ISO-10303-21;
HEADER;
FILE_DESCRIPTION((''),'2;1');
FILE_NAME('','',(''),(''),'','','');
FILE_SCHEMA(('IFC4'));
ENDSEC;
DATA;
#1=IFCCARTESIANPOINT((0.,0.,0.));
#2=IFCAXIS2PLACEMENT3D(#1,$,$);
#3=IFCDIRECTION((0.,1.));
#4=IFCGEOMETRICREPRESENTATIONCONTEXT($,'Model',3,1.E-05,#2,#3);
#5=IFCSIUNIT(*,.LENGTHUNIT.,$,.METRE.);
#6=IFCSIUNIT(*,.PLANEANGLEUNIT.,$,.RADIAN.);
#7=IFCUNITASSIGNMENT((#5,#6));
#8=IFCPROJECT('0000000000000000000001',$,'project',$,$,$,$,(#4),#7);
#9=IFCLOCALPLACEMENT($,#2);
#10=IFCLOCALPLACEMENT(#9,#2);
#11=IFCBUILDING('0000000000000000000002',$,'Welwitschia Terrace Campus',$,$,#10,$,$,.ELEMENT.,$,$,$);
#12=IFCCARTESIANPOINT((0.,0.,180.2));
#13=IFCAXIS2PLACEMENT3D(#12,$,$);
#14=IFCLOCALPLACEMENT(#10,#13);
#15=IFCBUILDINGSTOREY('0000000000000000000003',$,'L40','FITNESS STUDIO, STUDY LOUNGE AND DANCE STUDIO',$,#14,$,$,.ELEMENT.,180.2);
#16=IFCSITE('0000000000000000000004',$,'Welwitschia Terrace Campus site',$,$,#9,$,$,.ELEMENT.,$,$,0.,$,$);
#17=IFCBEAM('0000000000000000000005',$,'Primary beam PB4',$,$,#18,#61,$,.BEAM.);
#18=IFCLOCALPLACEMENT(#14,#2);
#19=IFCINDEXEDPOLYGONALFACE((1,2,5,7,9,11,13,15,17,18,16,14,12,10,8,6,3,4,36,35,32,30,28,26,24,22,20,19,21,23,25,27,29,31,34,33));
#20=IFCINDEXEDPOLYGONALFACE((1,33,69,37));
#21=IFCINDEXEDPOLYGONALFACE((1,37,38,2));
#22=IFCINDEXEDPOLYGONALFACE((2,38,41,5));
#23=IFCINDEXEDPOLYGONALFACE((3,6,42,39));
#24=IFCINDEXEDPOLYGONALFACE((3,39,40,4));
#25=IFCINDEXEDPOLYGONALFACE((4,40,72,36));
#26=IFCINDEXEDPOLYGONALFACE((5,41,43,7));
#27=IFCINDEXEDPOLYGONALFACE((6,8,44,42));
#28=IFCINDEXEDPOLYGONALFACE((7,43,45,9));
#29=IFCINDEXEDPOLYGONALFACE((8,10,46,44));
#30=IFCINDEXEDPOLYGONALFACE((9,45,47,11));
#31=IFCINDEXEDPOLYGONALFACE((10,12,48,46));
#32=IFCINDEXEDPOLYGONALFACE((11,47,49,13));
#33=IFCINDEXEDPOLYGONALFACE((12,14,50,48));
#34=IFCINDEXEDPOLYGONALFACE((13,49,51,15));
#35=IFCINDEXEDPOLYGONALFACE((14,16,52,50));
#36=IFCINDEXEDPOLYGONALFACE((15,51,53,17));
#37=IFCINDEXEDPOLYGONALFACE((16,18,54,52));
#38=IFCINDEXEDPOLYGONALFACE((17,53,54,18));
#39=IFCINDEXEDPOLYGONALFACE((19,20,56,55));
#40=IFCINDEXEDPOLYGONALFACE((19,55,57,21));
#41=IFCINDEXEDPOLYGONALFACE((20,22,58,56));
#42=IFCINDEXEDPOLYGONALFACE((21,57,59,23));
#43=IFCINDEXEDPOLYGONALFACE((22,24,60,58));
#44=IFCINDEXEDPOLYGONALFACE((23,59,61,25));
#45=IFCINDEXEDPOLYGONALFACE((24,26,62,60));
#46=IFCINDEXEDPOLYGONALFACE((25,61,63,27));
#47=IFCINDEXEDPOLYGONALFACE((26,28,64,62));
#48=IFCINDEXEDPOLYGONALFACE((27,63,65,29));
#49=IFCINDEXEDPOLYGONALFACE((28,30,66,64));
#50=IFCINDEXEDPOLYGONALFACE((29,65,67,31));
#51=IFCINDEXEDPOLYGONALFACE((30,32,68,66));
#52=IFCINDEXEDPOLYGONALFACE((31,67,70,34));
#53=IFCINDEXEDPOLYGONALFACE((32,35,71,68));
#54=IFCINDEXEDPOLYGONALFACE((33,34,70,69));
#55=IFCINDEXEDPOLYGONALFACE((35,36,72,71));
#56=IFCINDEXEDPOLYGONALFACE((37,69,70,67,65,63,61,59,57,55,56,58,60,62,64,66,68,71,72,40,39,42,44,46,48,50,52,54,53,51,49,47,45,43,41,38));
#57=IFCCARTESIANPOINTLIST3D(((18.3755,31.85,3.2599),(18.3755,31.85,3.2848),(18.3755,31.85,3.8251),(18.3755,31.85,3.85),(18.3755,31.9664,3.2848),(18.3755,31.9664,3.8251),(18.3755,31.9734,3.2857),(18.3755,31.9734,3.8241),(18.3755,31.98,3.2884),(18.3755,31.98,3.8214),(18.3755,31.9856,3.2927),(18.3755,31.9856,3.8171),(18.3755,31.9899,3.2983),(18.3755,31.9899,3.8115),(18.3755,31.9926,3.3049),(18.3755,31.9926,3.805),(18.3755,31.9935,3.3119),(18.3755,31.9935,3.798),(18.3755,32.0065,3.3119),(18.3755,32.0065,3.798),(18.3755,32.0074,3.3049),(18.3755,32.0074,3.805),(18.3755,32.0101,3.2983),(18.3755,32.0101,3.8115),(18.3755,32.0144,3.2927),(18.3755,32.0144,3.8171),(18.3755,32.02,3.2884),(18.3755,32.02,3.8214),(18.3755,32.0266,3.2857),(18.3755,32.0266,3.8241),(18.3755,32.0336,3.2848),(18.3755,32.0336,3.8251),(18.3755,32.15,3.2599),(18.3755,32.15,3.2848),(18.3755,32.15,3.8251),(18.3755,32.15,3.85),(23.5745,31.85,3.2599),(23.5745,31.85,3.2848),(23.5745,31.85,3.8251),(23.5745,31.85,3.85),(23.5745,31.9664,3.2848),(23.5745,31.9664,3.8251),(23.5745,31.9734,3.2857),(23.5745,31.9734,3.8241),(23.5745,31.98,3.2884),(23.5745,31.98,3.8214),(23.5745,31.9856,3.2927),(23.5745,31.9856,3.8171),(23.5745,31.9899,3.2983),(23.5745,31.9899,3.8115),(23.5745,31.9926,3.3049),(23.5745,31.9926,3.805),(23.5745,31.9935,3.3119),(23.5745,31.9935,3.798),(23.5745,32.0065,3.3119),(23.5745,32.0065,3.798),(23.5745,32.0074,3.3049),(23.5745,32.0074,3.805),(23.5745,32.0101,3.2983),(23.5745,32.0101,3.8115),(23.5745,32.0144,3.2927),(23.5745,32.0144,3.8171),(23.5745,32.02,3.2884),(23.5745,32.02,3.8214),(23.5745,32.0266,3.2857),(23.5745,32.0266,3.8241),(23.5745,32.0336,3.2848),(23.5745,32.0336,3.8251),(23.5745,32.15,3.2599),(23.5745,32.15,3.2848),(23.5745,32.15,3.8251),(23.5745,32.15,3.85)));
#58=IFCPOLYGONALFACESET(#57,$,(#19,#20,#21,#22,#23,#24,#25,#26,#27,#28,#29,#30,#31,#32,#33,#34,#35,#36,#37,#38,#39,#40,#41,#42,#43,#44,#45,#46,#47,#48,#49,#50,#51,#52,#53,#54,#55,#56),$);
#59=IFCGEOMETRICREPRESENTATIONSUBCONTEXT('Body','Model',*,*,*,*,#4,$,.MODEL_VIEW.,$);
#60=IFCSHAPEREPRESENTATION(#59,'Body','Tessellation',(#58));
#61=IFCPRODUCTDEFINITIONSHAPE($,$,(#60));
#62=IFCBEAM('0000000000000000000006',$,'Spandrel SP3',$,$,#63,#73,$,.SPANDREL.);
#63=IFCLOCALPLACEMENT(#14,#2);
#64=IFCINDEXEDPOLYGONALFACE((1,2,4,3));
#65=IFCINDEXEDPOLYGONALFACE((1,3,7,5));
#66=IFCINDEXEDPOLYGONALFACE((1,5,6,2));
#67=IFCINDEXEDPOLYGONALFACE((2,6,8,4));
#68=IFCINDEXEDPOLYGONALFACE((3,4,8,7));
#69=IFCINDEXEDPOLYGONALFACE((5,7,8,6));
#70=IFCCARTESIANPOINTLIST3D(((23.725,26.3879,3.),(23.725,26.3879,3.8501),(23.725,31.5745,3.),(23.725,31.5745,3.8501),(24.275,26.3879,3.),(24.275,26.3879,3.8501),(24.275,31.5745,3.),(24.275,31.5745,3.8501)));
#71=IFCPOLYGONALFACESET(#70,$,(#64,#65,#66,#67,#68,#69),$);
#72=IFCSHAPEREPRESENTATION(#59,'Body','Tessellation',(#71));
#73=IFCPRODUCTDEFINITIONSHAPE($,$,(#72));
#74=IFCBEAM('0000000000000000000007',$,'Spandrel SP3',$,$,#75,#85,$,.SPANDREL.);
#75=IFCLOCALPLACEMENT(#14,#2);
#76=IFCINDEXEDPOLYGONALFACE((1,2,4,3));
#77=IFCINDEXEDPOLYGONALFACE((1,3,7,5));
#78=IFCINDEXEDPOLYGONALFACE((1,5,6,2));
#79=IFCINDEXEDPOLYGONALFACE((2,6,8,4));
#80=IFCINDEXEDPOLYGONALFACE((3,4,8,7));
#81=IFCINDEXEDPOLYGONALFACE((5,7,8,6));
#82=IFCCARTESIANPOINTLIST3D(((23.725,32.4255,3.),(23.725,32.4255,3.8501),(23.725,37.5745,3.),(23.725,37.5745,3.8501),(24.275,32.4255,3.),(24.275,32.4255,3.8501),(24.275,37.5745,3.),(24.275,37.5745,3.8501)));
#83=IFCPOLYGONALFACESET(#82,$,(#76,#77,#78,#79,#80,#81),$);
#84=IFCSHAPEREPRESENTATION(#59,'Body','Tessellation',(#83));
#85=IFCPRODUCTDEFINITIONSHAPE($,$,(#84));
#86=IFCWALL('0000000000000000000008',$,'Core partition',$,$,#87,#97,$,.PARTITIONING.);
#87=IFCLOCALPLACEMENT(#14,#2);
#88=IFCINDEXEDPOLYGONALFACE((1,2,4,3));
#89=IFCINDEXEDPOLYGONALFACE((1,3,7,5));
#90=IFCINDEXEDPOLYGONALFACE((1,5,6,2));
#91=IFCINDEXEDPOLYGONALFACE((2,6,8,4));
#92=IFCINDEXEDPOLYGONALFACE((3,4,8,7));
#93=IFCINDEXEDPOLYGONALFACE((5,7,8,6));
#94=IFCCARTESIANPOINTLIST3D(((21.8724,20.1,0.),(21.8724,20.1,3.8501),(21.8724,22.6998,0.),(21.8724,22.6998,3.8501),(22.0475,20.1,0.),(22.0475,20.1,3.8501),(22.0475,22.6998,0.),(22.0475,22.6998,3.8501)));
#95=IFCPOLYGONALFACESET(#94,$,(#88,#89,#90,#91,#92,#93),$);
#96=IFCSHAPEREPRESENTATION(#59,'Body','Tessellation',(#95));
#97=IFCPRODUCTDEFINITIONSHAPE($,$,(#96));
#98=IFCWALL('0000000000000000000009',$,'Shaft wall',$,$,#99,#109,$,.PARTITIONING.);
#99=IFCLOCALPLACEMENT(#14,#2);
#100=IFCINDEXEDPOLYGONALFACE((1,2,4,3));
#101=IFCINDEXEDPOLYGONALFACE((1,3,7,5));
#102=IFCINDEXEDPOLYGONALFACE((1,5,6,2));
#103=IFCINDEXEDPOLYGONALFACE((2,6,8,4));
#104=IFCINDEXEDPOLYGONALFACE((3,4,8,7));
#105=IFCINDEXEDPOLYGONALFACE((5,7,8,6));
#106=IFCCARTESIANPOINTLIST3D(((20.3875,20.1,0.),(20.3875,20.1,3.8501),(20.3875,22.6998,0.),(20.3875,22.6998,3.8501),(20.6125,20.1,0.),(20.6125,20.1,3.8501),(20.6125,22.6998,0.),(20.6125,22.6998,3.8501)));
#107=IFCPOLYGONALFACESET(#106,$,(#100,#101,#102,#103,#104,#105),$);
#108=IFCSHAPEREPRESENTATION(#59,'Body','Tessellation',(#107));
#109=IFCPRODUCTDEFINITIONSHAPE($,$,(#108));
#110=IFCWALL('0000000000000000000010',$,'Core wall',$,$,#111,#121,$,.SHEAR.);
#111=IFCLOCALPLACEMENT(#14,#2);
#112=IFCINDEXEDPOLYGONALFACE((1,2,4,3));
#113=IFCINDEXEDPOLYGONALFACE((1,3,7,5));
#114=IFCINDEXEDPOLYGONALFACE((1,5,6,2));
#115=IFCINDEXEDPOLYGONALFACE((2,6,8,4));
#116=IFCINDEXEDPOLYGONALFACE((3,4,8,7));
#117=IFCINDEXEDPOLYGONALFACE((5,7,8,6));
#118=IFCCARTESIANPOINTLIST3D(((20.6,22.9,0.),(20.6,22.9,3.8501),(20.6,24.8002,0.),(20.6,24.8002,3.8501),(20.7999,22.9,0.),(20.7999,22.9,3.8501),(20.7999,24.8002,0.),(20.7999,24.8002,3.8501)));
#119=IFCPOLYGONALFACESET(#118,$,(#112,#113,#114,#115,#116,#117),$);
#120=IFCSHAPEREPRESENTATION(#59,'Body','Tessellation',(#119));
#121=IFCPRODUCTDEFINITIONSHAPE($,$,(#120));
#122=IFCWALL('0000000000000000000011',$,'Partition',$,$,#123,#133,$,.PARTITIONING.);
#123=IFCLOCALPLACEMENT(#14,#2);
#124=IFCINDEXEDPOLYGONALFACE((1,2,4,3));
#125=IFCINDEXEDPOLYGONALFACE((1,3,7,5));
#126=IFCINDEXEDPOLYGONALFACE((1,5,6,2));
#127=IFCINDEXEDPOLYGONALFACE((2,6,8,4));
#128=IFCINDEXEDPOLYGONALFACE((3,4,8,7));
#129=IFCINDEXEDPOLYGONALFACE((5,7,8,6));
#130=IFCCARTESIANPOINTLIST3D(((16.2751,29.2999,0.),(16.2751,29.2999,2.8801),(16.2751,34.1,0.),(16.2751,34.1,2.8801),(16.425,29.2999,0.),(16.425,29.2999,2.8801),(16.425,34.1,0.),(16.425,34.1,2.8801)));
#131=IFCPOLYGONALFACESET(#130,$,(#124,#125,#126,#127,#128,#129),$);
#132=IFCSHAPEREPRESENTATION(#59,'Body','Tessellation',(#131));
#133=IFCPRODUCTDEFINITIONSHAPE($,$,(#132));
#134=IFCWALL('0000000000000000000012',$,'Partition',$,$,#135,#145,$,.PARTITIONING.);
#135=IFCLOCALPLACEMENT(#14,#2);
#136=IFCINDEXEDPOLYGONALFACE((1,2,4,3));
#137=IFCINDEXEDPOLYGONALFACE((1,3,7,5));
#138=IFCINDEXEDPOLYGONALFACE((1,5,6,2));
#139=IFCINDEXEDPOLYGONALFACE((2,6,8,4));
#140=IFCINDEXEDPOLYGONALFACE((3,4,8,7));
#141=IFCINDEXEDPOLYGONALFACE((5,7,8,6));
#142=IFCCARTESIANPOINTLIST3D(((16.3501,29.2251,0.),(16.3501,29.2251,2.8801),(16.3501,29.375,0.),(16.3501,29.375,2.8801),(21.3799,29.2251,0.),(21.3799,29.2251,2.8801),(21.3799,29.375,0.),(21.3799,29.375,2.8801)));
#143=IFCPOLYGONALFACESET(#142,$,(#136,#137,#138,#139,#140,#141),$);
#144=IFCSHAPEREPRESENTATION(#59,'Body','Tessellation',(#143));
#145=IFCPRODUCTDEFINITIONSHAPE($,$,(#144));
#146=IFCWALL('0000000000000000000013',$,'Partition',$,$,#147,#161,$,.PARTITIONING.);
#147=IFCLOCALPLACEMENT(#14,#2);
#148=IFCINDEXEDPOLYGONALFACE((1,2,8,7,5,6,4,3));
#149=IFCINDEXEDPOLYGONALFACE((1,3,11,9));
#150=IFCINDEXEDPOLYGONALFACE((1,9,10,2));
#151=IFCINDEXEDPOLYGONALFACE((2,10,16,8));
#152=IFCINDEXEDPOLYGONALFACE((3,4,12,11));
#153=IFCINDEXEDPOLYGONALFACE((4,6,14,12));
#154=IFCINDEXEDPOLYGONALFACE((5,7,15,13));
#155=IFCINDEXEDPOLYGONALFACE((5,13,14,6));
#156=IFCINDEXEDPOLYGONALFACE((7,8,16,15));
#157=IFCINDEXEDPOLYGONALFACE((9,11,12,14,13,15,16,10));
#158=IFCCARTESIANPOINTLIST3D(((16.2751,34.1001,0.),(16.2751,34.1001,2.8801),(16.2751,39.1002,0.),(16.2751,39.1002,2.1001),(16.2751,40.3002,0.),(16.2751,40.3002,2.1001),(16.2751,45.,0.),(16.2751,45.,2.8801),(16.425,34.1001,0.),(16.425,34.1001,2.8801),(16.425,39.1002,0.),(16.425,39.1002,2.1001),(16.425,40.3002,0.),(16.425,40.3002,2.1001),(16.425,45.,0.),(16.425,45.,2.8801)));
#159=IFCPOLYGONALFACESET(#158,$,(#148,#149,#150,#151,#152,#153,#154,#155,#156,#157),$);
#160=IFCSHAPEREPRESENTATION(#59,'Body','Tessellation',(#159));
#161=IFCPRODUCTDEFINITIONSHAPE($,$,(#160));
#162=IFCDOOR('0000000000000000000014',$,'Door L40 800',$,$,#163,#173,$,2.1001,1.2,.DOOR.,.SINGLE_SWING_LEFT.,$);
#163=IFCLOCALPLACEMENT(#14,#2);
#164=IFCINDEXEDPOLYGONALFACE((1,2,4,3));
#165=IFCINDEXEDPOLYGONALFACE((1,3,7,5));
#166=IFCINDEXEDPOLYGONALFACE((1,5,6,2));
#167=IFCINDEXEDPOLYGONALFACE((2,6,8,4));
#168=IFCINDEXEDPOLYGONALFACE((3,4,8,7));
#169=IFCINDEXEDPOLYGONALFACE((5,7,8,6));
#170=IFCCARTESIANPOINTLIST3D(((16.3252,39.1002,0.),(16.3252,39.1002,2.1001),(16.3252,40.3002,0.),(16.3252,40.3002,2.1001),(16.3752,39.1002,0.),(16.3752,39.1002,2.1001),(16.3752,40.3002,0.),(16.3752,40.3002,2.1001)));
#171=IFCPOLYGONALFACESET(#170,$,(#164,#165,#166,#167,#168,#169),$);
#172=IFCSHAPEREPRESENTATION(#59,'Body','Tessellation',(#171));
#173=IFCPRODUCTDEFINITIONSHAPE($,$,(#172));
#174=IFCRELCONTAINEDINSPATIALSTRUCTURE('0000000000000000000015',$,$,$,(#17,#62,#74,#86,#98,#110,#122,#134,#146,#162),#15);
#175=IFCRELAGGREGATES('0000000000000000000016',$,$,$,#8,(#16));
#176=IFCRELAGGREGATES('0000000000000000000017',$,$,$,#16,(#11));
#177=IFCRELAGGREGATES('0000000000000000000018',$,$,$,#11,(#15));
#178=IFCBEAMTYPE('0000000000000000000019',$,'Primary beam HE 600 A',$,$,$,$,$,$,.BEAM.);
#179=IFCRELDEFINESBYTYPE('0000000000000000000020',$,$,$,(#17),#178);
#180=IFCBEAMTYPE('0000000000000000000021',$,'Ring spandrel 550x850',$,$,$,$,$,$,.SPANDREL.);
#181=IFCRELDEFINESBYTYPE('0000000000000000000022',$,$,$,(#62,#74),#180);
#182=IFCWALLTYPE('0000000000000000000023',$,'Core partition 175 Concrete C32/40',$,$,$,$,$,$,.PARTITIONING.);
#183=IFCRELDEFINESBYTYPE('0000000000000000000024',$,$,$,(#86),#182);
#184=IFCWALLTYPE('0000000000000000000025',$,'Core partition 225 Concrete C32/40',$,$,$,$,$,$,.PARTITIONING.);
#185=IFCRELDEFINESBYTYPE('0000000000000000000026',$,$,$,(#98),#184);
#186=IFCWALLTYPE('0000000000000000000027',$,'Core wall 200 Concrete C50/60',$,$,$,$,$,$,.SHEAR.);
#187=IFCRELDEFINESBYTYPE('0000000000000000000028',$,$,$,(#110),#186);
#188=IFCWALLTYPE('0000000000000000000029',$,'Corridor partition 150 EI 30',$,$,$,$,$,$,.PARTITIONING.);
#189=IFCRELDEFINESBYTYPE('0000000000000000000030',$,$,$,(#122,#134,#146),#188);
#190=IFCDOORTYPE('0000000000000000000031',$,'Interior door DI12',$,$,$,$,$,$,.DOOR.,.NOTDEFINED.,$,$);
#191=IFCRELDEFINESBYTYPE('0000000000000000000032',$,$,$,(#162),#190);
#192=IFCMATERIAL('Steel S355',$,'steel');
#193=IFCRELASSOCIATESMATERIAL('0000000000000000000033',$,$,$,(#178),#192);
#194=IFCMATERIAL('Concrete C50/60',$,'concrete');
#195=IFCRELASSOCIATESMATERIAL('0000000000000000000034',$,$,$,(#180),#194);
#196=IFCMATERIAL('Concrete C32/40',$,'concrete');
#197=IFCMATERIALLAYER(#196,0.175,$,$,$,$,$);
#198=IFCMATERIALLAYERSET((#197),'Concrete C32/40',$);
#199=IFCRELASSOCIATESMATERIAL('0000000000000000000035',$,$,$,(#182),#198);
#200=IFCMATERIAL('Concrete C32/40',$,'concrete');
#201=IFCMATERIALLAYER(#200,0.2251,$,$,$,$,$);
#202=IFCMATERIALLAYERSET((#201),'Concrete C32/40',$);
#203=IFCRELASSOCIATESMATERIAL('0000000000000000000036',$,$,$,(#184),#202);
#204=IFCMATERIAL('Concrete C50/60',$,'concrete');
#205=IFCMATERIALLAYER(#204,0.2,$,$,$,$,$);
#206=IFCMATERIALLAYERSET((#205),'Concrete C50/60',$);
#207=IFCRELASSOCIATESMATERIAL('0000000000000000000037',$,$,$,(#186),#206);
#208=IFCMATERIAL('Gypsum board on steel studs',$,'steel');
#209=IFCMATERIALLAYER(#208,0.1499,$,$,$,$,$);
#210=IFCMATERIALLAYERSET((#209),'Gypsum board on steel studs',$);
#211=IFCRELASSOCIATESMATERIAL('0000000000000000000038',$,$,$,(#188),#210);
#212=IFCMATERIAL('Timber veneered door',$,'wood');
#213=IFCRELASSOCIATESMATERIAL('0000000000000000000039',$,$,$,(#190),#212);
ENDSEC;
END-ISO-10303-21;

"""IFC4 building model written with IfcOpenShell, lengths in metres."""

from ifc_helpers import new_model, si_unit, direction, frame, frame_2d, origin, origin_2d, place, context, subcontext, project, spatial, rectangle, i_section, extrude, material, layer, layer_set, material_profile, profile_set, type_object, element, fill, save


model = new_model("IFC4")

# Units and contexts
model_context = context("Model", 3, precision=1e-05, world=origin(), true_north=direction((0.0, 1.0)))
body_context = subcontext(model_context, "Body", "Model", "MODEL_VIEW")
ifc_project = project(units=[si_unit("LENGTHUNIT", "METRE"), si_unit("PLANEANGLEUNIT", "RADIAN")], contexts=[model_context])

# Site, building, storey
site_placement = place(None, origin())
site = spatial("IfcSite", under=ifc_project, at=site_placement, Name="Welwitschia Terrace Campus site", CompositionType="ELEMENT", RefElevation=0.0)
building_placement = place(site_placement, origin())
building = spatial("IfcBuilding", under=site, at=building_placement, Name="Welwitschia Terrace Campus", CompositionType="ELEMENT")
storey_placement = place(building_placement, frame((0.0, 0.0, 180.2)))
storey = spatial("IfcBuildingStorey", under=building, at=storey_placement, Name="L40", Description="FITNESS STUDIO, STUDY LOUNGE AND DANCE STUDIO", CompositionType="ELEMENT", Elevation=180.2)

# Beams
ifc_material_1 = material(Name="Steel S355", Category="steel")
ifc_material_profile_1 = material_profile(ifc_material_1, i_section(OverallWidth=0.3, OverallDepth=0.5901, WebThickness=0.0129, FlangeThickness=0.0249, FilletRadius=0.0271, at=origin_2d()))
ifc_profile_set_1 = profile_set([ifc_material_profile_1], Name="Steel S355")
beam_type_1 = type_object("IfcBeamType", Name="Primary beam HE 600 A", PredefinedType="BEAM", material=ifc_profile_set_1)
beam_1_placement = place(storey_placement, frame((23.5745, 32.0, 3.5549), z_axis=(-1.0, 0.0, 0.0), x_axis=(0.0, -1.0, 0.0)))
element("IfcBeam", 1, at=beam_1_placement, inside=storey, type_object=beam_type_1, Name="Primary beam PB4", PredefinedType="BEAM", context=body_context, shape_type="SweptSolid", body=[
    extrude(i_section(OverallWidth=0.3, OverallDepth=0.5901, WebThickness=0.0129, FlangeThickness=0.0249, FilletRadius=0.0271, at=origin_2d()), origin(), (0.0, 0.0, 1.0), 5.199),
])
ifc_material_2 = material(Name="Concrete C50/60", Category="concrete")
ifc_material_profile_2 = material_profile(ifc_material_2, rectangle(XDim=0.55, YDim=0.8501, at=origin_2d()))
ifc_profile_set_2 = profile_set([ifc_material_profile_2], Name="Concrete C50/60")
beam_type_2 = type_object("IfcBeamType", Name="Ring spandrel 550x850", PredefinedType="SPANDREL", material=ifc_profile_set_2)
beam_2_placement = place(storey_placement, frame((24.0, 26.3879, 3.425), z_axis=(0.0, 1.0, 0.0), x_axis=(-1.0, 0.0, 0.0)))
element("IfcBeam", 2, at=beam_2_placement, inside=storey, type_object=beam_type_2, Name="Spandrel SP3", PredefinedType="SPANDREL", context=body_context, shape_type="SweptSolid", body=[
    extrude(rectangle(XDim=0.55, YDim=0.8501, at=origin_2d()), origin(), (0.0, 0.0, 1.0), 5.1865),
])
beam_3_placement = place(storey_placement, frame((24.0, 32.4255, 3.425), z_axis=(0.0, 1.0, 0.0), x_axis=(-1.0, 0.0, 0.0)))
element("IfcBeam", 3, at=beam_3_placement, inside=storey, type_object=beam_type_2, Name="Spandrel SP3", PredefinedType="SPANDREL", context=body_context, shape_type="SweptSolid", body=[
    extrude(rectangle(XDim=0.55, YDim=0.8501, at=origin_2d()), origin(), (0.0, 0.0, 1.0), 5.1489),
])

# Walls
ifc_material_3 = material(Name="Concrete C32/40", Category="concrete")
ifc_layer_1 = layer(ifc_material_3, 0.175)
ifc_layer_set_1 = layer_set([ifc_layer_1], Name="Concrete C32/40")
wall_type_1 = type_object("IfcWallType", Name="Core partition 175 Concrete C32/40", PredefinedType="PARTITIONING", material=ifc_layer_set_1)
wall_1_placement = place(storey_placement, frame((21.96, 20.1001, 0.0), z_axis=(0.0, 0.0, 1.0), x_axis=(0.0, 1.0, 0.0)))
element("IfcWall", 4, at=wall_1_placement, inside=storey, type_object=wall_type_1, Name="Core partition", PredefinedType="PARTITIONING", context=body_context, shape_type="SweptSolid", body=[
    extrude(rectangle(XDim=2.5999, YDim=0.175, at=frame_2d((1.2998, 0.0))), origin(), (0.0, 0.0, 1.0), 3.8501),
])
ifc_material_4 = material(Name="Concrete C32/40", Category="concrete")
ifc_layer_2 = layer(ifc_material_4, 0.2251)
ifc_layer_set_2 = layer_set([ifc_layer_2], Name="Concrete C32/40")
wall_type_2 = type_object("IfcWallType", Name="Core partition 225 Concrete C32/40", PredefinedType="PARTITIONING", material=ifc_layer_set_2)
wall_2_placement = place(storey_placement, frame((20.5, 20.1001, 0.0), z_axis=(0.0, 0.0, 1.0), x_axis=(0.0, 1.0, 0.0)))
element("IfcWall", 5, at=wall_2_placement, inside=storey, type_object=wall_type_2, Name="Shaft wall", PredefinedType="PARTITIONING", context=body_context, shape_type="SweptSolid", body=[
    extrude(rectangle(XDim=2.5999, YDim=0.2251, at=frame_2d((1.2998, 0.0))), origin(), (0.0, 0.0, 1.0), 3.8501),
])
ifc_material_5 = material(Name="Concrete C50/60", Category="concrete")
ifc_layer_3 = layer(ifc_material_5, 0.2)
ifc_layer_set_3 = layer_set([ifc_layer_3], Name="Concrete C50/60")
wall_type_3 = type_object("IfcWallType", Name="Core wall 200 Concrete C50/60", PredefinedType="SHEAR", material=ifc_layer_set_3)
wall_3_placement = place(storey_placement, frame((20.7, 22.8999, 0.0), z_axis=(0.0, 0.0, 1.0), x_axis=(0.0, 1.0, 0.0)))
element("IfcWall", 6, at=wall_3_placement, inside=storey, type_object=wall_type_3, Name="Core wall", PredefinedType="SHEAR", context=body_context, shape_type="SweptSolid", body=[
    extrude(rectangle(XDim=1.9001, YDim=0.2, at=frame_2d((0.9502, 0.0))), origin(), (0.0, 0.0, 1.0), 3.8501),
])
ifc_material_6 = material(Name="Gypsum board on steel studs", Category="steel")
ifc_layer_4 = layer(ifc_material_6, 0.1499)
ifc_layer_set_4 = layer_set([ifc_layer_4], Name="Gypsum board on steel studs")
wall_type_4 = type_object("IfcWallType", Name="Corridor partition 150 EI 30", PredefinedType="PARTITIONING", material=ifc_layer_set_4)
wall_4_placement = place(storey_placement, frame((16.3501, 29.3, 0.0), z_axis=(0.0, 0.0, 1.0), x_axis=(0.0, 1.0, 0.0)))
element("IfcWall", 7, at=wall_4_placement, inside=storey, type_object=wall_type_4, Name="Partition", PredefinedType="PARTITIONING", context=body_context, shape_type="SweptSolid", body=[
    extrude(rectangle(XDim=4.8, YDim=0.1499, at=frame_2d((2.3999, 0.0))), origin(), (0.0, 0.0, 1.0), 2.8801),
])
wall_5_placement = place(storey_placement, frame((16.3501, 29.3, 0.0), z_axis=(0.0, 0.0, 1.0), x_axis=(1.0, 0.0, 0.0)))
element("IfcWall", 8, at=wall_5_placement, inside=storey, type_object=wall_type_4, Name="Partition", PredefinedType="PARTITIONING", context=body_context, shape_type="SweptSolid", body=[
    extrude(rectangle(XDim=5.0298, YDim=0.1499, at=frame_2d((2.5149, 0.0))), origin(), (0.0, 0.0, 1.0), 2.8801),
])

# Wall, opening, door
wall_6_placement = place(storey_placement, frame((16.3501, 34.1001, 0.0), z_axis=(0.0, 0.0, 1.0), x_axis=(0.0, 1.0, 0.0)))
wall_6 = element("IfcWall", 9, at=wall_6_placement, inside=storey, type_object=wall_type_4, Name="Partition", PredefinedType="PARTITIONING", context=body_context, shape_type="SweptSolid", body=[
    extrude(rectangle(XDim=10.8999, YDim=0.1499, at=frame_2d((5.45, 0.0))), origin(), (0.0, 0.0, 1.0), 2.8801),
])
opening_1_placement = place(wall_6_placement, frame((5.0, 0.0, 0.0)))
opening_1 = element("IfcOpeningElement", 10, at=opening_1_placement, cuts=wall_6, PredefinedType="OPENING", context=body_context, shape_type="SweptSolid", body=[
    extrude(rectangle(XDim=1.2, YDim=2.1001, at=frame_2d((0.6001, 1.05))), frame((0.0, 0.085, 0.0), z_axis=(0.0, -1.0, 0.0), x_axis=(1.0, 0.0, 0.0)), (0.0, 0.0, 1.0), 0.1699),
])
ifc_material_7 = material(Name="Timber veneered door", Category="wood")
door_type_1 = type_object("IfcDoorType", Name="Interior door DI12", OperationType="NOTDEFINED", PredefinedType="DOOR", material=ifc_material_7)
door_1_placement = place(opening_1_placement, origin())
door_1 = element("IfcDoor", 11, at=door_1_placement, inside=storey, type_object=door_type_1, Name="Door L40 800", OperationType="SINGLE_SWING_LEFT", OverallHeight=2.1001, OverallWidth=1.2, PredefinedType="DOOR", context=body_context, shape_type="SweptSolid", body=[
    extrude(rectangle(XDim=1.2, YDim=2.1001, at=frame_2d((0.6001, 1.05))), frame((0.0, 0.0249, 0.0), z_axis=(0.0, -1.0, 0.0), x_axis=(1.0, 0.0, 0.0)), (0.0, 0.0, 1.0), 0.05),
])
fill(opening_1, door_1)

save(model, "model.ifc")
